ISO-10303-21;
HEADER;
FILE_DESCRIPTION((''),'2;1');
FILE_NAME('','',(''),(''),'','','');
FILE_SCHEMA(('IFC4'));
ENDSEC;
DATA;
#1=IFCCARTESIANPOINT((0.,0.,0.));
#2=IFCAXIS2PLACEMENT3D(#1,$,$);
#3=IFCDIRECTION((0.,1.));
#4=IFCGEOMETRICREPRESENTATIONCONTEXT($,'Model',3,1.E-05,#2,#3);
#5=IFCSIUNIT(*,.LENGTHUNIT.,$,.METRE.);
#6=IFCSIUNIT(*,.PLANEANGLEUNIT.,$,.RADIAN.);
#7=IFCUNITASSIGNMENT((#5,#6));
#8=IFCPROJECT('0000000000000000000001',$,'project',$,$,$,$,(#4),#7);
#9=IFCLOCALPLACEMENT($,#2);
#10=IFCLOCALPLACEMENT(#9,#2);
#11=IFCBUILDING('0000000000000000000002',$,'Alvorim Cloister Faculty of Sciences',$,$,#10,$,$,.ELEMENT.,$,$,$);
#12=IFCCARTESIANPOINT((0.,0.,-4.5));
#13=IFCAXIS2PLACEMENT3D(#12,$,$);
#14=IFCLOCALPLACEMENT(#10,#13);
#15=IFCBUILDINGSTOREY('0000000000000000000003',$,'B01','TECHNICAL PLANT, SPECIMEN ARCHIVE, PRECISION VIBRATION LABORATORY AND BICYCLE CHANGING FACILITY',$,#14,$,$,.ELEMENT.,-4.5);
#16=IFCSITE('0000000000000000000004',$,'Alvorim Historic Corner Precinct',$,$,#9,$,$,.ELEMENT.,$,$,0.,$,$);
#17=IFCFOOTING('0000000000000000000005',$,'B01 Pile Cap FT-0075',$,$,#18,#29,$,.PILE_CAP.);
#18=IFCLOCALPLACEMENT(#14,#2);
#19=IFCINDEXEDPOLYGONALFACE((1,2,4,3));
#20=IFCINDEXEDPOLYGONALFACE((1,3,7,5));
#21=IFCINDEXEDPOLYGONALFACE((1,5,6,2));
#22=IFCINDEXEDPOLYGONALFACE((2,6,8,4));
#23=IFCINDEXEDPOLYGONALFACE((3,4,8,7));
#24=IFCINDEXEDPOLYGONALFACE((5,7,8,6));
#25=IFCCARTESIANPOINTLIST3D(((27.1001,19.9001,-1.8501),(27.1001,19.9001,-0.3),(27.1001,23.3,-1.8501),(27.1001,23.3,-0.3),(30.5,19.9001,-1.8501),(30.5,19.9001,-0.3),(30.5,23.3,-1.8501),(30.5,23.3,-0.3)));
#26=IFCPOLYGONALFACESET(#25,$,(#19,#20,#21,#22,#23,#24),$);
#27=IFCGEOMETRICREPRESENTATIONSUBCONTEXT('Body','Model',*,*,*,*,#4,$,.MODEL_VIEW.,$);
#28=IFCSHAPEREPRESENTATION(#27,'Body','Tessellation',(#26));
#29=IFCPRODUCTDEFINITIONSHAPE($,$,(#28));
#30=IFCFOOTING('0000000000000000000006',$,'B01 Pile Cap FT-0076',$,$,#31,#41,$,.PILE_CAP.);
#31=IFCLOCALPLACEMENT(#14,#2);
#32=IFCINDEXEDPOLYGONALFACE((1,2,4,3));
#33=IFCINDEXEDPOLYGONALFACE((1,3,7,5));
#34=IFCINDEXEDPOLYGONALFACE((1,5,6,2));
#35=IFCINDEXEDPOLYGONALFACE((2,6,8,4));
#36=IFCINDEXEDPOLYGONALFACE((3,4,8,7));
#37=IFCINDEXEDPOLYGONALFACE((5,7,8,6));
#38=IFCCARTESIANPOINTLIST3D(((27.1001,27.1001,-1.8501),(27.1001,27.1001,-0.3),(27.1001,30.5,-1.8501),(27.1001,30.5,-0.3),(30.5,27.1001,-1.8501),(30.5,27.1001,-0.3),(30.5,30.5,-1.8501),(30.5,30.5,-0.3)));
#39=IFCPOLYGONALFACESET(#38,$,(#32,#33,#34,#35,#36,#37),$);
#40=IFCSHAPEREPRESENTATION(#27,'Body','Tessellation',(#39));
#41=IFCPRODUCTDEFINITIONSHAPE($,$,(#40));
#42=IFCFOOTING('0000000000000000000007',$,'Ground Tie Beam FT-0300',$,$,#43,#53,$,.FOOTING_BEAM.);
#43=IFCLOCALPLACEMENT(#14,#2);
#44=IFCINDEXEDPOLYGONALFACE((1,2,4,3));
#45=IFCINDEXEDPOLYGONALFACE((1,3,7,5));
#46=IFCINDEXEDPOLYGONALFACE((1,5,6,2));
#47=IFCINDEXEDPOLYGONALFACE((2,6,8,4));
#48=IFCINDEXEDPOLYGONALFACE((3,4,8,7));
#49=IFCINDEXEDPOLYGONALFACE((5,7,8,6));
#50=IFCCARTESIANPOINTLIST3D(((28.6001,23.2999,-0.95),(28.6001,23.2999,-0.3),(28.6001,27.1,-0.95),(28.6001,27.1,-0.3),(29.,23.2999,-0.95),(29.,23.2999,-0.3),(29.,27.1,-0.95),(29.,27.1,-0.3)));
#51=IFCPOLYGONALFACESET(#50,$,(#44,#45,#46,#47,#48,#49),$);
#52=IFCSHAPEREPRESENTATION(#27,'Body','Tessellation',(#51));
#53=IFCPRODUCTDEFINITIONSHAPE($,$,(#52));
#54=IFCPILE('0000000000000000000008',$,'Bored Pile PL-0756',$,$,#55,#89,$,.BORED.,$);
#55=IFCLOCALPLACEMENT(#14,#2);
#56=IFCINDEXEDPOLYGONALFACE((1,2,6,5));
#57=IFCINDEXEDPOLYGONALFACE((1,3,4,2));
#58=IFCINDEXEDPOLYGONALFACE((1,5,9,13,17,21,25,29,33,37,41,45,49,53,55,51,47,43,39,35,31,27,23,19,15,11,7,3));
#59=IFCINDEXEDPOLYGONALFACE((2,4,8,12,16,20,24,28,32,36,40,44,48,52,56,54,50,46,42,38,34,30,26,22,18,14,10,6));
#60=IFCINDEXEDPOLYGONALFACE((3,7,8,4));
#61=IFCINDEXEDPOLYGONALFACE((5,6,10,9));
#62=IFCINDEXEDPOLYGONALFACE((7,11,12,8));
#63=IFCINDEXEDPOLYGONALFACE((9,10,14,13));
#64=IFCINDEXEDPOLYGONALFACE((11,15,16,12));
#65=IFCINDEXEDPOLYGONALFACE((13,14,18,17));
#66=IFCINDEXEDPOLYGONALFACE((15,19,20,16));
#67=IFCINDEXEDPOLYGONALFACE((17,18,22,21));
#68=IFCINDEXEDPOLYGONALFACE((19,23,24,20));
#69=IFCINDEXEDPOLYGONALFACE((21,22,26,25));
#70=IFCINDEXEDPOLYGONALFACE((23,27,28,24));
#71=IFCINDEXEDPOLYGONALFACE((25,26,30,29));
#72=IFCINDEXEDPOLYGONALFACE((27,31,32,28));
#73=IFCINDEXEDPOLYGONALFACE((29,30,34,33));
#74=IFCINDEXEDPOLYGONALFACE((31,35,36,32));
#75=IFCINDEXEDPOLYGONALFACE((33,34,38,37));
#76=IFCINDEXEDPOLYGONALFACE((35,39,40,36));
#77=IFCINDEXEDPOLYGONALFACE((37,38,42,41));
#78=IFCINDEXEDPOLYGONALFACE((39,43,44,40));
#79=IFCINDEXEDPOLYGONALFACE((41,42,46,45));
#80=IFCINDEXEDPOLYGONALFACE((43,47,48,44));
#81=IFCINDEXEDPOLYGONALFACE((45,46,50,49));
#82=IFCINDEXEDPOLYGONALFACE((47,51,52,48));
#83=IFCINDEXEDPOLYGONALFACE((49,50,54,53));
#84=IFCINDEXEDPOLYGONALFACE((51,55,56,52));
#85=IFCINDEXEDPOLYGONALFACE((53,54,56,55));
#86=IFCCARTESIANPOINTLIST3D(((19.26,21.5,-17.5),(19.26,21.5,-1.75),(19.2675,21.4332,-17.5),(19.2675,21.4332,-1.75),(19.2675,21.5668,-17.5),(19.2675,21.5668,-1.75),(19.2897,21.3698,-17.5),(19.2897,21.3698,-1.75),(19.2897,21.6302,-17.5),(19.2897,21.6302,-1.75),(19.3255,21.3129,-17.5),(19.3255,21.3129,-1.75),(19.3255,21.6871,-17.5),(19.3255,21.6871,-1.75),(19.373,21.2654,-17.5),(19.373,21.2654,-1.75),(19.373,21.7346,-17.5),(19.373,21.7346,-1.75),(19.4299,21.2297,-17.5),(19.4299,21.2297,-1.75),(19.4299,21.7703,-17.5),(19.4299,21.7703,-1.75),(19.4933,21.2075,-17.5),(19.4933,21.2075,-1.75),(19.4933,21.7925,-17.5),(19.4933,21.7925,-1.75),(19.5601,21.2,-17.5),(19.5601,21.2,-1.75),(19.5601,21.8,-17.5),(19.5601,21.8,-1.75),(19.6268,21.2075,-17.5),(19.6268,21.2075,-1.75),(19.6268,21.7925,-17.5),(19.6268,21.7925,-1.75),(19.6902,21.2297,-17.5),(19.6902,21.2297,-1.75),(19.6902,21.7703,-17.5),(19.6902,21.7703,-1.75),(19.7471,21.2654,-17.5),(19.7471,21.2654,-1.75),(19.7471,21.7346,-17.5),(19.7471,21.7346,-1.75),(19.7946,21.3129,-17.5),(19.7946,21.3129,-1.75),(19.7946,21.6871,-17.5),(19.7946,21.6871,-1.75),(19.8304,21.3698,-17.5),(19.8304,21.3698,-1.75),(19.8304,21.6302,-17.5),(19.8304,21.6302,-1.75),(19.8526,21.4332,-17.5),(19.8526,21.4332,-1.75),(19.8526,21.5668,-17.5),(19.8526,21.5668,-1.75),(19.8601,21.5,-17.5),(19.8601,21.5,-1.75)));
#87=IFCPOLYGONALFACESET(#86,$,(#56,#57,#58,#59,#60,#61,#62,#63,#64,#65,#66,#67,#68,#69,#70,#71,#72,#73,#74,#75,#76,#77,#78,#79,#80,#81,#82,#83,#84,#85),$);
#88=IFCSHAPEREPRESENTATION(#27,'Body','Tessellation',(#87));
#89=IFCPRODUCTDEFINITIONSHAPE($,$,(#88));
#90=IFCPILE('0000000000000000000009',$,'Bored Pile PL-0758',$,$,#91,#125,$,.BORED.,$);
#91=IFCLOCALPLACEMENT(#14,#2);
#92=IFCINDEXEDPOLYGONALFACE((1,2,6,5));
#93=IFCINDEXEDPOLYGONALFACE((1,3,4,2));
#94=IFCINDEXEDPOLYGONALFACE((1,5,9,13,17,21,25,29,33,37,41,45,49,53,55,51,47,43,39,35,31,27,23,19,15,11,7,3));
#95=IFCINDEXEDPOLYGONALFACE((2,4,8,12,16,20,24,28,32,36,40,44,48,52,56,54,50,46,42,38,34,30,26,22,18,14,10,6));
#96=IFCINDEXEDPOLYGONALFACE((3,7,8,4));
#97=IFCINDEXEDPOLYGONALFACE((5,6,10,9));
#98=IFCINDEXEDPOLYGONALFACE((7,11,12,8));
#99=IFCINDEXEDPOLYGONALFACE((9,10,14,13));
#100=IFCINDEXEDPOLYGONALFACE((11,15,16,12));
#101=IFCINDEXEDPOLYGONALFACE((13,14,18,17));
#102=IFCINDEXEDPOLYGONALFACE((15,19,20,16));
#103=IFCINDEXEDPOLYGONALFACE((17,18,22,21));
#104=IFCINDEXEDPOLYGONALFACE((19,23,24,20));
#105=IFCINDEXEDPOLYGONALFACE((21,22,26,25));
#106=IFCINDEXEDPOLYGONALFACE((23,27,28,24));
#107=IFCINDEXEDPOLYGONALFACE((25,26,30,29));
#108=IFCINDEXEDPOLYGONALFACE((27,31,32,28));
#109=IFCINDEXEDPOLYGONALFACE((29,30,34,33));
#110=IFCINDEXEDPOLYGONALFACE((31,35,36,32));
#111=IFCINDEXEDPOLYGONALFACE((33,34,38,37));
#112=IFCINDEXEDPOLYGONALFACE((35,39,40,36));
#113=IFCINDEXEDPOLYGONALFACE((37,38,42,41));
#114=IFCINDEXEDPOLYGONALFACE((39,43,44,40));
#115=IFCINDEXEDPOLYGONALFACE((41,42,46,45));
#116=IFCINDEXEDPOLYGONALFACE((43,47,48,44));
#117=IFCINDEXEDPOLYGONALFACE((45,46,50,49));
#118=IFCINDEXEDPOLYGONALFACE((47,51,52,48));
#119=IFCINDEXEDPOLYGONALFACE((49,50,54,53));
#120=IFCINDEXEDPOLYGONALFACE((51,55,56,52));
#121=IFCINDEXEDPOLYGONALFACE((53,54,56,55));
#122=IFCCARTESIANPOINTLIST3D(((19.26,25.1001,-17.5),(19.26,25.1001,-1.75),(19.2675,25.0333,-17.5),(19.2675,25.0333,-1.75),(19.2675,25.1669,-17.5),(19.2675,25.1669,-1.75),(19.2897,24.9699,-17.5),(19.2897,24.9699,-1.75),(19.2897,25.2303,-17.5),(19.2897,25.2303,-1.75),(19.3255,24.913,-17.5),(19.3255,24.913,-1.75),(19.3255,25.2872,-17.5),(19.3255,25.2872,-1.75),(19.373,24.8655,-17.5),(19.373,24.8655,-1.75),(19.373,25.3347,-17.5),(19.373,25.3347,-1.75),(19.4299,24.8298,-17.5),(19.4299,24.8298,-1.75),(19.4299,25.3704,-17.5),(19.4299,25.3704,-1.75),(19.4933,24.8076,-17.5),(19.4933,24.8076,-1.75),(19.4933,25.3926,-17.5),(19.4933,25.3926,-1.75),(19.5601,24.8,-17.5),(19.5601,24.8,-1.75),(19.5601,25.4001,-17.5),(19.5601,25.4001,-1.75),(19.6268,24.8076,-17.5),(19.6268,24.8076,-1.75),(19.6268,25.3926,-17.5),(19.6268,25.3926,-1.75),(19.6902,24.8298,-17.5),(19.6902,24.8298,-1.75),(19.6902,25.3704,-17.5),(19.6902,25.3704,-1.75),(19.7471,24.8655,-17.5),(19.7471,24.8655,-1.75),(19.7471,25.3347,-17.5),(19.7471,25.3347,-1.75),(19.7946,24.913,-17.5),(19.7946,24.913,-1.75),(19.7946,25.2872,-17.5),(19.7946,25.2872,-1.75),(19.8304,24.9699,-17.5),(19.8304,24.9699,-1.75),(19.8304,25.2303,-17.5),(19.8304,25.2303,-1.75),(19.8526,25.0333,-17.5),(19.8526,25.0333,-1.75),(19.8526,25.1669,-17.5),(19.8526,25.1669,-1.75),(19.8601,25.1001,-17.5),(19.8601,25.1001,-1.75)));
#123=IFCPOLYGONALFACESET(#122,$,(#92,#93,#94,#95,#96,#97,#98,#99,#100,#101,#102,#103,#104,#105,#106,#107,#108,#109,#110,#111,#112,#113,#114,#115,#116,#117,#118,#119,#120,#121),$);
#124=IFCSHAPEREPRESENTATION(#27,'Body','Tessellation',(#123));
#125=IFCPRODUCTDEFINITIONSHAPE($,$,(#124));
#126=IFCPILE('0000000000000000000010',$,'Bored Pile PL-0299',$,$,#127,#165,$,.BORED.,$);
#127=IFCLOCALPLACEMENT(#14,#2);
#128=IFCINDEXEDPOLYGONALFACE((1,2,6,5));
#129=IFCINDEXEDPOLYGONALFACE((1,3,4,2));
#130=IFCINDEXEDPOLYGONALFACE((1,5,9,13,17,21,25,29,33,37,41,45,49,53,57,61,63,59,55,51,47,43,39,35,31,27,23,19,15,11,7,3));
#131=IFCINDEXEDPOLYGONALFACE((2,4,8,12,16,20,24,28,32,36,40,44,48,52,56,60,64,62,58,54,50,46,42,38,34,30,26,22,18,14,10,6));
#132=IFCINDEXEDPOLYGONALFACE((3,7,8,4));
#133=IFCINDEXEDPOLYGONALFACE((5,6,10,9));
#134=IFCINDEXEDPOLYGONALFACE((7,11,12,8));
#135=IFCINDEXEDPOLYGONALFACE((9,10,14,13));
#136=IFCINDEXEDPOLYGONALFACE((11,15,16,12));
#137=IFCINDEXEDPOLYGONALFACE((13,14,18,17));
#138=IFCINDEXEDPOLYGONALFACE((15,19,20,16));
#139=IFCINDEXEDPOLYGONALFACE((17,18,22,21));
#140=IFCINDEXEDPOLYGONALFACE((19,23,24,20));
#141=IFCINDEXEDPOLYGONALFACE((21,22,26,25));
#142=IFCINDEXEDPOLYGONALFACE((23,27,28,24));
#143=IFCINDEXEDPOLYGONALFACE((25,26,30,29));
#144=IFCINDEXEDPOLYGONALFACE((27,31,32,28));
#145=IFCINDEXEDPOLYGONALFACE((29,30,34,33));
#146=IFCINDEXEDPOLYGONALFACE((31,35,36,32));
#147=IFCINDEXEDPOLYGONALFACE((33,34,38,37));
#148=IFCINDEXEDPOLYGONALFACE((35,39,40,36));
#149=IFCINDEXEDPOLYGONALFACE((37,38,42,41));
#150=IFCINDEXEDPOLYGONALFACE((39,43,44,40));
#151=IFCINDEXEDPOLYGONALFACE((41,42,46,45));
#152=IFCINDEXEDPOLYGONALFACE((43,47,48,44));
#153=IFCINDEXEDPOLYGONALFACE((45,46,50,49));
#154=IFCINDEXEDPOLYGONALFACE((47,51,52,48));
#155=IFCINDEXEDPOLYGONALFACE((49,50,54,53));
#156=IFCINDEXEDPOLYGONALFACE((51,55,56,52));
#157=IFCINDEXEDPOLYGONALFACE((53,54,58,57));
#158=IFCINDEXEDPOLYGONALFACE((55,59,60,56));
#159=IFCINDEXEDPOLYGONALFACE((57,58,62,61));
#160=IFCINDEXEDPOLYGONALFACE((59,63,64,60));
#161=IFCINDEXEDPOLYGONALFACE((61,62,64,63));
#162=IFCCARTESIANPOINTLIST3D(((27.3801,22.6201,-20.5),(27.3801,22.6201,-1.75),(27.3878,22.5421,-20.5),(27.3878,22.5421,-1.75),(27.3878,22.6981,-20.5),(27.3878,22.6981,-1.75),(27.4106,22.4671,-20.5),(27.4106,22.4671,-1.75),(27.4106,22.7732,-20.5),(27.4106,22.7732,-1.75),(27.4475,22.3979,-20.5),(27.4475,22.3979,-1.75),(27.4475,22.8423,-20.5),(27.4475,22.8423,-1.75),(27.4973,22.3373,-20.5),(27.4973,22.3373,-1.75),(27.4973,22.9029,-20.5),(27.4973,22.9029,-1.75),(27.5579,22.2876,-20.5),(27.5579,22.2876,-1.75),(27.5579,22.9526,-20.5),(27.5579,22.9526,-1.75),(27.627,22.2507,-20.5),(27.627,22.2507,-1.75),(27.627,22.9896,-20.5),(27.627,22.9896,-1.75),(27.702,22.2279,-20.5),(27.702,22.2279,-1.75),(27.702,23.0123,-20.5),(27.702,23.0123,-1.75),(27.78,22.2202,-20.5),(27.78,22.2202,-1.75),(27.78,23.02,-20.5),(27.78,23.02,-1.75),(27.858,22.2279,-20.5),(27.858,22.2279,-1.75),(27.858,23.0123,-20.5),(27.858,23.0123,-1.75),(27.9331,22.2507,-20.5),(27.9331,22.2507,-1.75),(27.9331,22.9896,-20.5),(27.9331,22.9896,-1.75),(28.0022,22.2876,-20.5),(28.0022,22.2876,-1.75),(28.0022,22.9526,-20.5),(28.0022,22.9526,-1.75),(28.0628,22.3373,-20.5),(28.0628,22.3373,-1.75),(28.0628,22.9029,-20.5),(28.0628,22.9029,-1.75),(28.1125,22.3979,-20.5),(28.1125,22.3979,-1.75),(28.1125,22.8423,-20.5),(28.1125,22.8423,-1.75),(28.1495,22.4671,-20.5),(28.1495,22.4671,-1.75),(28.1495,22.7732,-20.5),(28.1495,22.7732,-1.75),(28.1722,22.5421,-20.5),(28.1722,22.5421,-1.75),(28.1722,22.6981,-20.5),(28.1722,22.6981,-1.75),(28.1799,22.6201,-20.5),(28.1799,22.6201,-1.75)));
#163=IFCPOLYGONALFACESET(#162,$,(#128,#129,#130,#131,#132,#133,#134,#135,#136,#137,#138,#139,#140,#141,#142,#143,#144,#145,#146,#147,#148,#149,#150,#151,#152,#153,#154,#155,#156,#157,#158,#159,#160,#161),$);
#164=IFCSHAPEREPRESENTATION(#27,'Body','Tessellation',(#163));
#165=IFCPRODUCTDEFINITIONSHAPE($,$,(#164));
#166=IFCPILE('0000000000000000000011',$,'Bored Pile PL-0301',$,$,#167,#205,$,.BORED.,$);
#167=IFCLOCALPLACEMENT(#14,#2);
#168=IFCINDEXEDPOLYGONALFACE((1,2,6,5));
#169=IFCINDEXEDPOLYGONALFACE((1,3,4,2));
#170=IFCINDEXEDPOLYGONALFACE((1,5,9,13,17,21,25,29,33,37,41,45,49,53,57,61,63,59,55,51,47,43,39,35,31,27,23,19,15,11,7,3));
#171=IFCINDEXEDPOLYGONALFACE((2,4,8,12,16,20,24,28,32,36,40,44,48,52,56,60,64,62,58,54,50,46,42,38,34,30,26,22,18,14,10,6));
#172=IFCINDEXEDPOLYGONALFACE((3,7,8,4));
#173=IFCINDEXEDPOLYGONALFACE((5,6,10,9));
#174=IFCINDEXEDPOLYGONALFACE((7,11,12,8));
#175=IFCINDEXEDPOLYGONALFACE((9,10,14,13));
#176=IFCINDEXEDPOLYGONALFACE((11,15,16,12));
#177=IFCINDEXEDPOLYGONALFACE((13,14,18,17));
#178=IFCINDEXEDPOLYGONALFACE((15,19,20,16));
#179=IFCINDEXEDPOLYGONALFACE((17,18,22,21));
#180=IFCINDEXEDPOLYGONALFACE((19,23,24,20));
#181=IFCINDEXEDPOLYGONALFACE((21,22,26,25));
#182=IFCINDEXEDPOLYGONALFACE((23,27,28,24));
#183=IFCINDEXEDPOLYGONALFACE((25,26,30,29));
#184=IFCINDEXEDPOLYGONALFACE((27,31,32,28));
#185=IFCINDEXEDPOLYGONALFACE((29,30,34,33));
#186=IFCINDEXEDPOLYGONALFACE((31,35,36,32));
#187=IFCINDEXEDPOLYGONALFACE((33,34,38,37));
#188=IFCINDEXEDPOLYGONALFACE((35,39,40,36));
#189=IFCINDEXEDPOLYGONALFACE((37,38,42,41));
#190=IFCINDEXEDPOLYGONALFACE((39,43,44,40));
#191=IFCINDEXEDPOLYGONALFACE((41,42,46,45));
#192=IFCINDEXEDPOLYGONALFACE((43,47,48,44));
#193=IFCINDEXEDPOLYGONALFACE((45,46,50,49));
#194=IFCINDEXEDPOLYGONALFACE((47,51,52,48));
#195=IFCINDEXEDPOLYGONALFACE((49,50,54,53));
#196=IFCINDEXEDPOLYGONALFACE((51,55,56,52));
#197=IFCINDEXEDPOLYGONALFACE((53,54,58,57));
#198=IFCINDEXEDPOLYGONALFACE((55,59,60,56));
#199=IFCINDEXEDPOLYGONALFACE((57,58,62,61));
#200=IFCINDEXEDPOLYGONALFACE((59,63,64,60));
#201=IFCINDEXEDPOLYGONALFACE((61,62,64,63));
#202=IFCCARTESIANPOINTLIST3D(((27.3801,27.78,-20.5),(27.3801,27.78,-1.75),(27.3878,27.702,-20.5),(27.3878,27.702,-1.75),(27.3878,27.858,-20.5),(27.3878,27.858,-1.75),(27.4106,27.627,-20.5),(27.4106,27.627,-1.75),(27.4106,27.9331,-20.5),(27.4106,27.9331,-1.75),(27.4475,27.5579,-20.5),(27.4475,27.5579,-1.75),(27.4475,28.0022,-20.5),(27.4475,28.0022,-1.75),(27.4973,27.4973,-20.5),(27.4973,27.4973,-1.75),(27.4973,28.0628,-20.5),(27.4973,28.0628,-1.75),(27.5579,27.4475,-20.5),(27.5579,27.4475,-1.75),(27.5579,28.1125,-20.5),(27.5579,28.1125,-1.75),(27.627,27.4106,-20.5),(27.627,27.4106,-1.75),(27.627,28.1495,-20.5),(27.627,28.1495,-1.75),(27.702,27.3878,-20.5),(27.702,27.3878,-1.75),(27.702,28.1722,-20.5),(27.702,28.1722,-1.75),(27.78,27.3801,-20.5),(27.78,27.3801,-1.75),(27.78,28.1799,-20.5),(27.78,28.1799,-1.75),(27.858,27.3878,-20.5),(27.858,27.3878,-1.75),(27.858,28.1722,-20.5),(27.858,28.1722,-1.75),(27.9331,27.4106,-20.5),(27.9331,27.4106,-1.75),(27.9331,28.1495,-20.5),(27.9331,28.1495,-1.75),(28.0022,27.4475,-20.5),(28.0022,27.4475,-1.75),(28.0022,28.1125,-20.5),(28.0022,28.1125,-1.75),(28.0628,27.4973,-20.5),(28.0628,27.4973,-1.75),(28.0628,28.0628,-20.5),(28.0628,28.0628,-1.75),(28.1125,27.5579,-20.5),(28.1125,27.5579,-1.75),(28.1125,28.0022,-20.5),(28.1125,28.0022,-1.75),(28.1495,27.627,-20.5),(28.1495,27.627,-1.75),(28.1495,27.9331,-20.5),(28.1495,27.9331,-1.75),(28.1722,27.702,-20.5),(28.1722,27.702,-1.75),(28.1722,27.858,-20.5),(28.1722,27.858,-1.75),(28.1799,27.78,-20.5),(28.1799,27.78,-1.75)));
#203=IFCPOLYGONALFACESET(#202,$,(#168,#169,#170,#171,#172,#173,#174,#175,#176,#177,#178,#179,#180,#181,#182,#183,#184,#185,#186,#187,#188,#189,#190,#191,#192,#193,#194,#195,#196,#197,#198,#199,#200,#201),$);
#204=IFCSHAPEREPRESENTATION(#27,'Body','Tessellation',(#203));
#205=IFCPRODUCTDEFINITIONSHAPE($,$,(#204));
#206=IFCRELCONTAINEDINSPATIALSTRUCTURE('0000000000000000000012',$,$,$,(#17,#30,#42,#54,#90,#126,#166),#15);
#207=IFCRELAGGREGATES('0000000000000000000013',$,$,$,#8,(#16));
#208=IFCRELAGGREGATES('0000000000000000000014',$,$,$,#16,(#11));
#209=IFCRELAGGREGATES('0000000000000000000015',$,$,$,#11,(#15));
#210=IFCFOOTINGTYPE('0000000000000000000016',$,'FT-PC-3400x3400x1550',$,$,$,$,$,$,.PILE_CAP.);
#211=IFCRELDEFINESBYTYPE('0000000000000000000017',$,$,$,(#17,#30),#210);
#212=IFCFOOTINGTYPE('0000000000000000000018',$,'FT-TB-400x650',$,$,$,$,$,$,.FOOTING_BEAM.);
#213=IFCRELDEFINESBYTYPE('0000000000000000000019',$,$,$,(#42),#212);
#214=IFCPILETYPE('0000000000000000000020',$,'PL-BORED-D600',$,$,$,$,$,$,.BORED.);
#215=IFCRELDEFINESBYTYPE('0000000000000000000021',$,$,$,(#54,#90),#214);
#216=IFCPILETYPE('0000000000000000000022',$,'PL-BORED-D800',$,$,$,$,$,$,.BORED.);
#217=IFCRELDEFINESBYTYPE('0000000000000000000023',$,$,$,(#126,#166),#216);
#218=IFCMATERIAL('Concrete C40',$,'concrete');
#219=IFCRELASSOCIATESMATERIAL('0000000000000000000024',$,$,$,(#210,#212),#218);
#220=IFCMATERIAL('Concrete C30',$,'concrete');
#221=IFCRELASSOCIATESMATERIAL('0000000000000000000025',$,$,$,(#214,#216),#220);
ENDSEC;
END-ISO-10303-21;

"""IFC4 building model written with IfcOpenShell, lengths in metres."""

from ifc_helpers import new_model, si_unit, direction, frame, origin, origin_2d, place, context, subcontext, project, spatial, rectangle, circle, extrude, material, material_profile, profile_set, type_object, element, save


model = new_model("IFC4")

# Units and contexts
model_context = context("Model", 3, precision=1e-05, world=origin(), true_north=direction((0.0, 1.0)))
body_context = subcontext(model_context, "Body", "Model", "MODEL_VIEW")
ifc_project = project(units=[si_unit("LENGTHUNIT", "METRE"), si_unit("PLANEANGLEUNIT", "RADIAN")], contexts=[model_context])

# Site, building, storey
site_placement = place(None, origin())
site = spatial("IfcSite", under=ifc_project, at=site_placement, Name="Alvorim Historic Corner Precinct", CompositionType="ELEMENT", RefElevation=0.0)
building_placement = place(site_placement, origin())
building = spatial("IfcBuilding", under=site, at=building_placement, Name="Alvorim Cloister Faculty of Sciences", CompositionType="ELEMENT")
storey_placement = place(building_placement, frame((0.0, 0.0, -4.5)))
storey = spatial("IfcBuildingStorey", under=building, at=storey_placement, Name="B01", Description="TECHNICAL PLANT, SPECIMEN ARCHIVE, PRECISION VIBRATION LABORATORY AND BICYCLE CHANGING FACILITY", CompositionType="ELEMENT", Elevation=-4.5)

# Footings
ifc_material_1 = material(Name="Concrete C40", Category="concrete")
footing_type_1 = type_object("IfcFootingType", Name="FT-PC-3400x3400x1550", PredefinedType="PILE_CAP", material=ifc_material_1)
for number, where, z_axis, x_axis, name in (
    (1, (28.8, 21.6001, -1.8501), (0.0, 0.0, 1.0), (1.0, 0.0, 0.0), "B01 Pile Cap FT-0075"),
    (2, (28.8, 28.8, -1.8501), (0.0, 0.0, 1.0), (1.0, 0.0, 0.0), "B01 Pile Cap FT-0076"),
):
    element("IfcFooting", number, at=place(storey_placement, frame(where, z_axis=z_axis, x_axis=x_axis)), inside=storey, type_object=footing_type_1, Name=name, PredefinedType="PILE_CAP", context=body_context, shape_type="SweptSolid", body=[
        extrude(rectangle(XDim=3.3999, YDim=3.3999, at=origin_2d()), origin(), (0.0, 0.0, 1.0), 1.55),
    ])
footing_type_2 = type_object("IfcFootingType", Name="FT-TB-400x650", PredefinedType="FOOTING_BEAM", material=ifc_material_1)
footing_placement = place(storey_placement, frame((28.8, 25.2, -0.95), z_axis=(0.0, 0.0, 1.0), x_axis=(1.0, 0.0, 0.0)))
element("IfcFooting", 3, at=footing_placement, inside=storey, type_object=footing_type_2, Name="Ground Tie Beam FT-0300", PredefinedType="FOOTING_BEAM", context=body_context, shape_type="SweptSolid", body=[
    extrude(rectangle(XDim=0.3999, YDim=3.8, at=origin_2d()), origin(), (0.0, 0.0, 1.0), 0.6499),
])

# Piles
ifc_material_2 = material(Name="Concrete C30", Category="concrete")
ifc_material_profile_1 = material_profile(ifc_material_2, circle(Radius=0.3, at=origin_2d()), Name="PILE-D600")
ifc_profile_set_1 = profile_set([ifc_material_profile_1], Name="Concrete C30")
pile_type_1 = type_object("IfcPileType", Name="PL-BORED-D600", PredefinedType="BORED", material=ifc_profile_set_1)
for number, where, z_axis, x_axis, name in (
    (4, (19.5601, 21.5, -1.75), (0.0, 0.0, -1.0), (1.0, 0.0, 0.0), "Bored Pile PL-0756"),
    (5, (19.5601, 25.1001, -1.75), (0.0, 0.0, -1.0), (1.0, 0.0, 0.0), "Bored Pile PL-0758"),
):
    element("IfcPile", number, at=place(storey_placement, frame(where, z_axis=z_axis, x_axis=x_axis)), inside=storey, type_object=pile_type_1, Name=name, PredefinedType="BORED", context=body_context, shape_type="SweptSolid", body=[
        extrude(circle(Radius=0.3, at=origin_2d()), origin(), (0.0, 0.0, 1.0), 15.75),
    ])
ifc_material_profile_2 = material_profile(ifc_material_2, circle(Radius=0.3999, at=origin_2d()), Name="PILE-D800")
ifc_profile_set_2 = profile_set([ifc_material_profile_2], Name="Concrete C30")
pile_type_2 = type_object("IfcPileType", Name="PL-BORED-D800", PredefinedType="BORED", material=ifc_profile_set_2)
for number, where, z_axis, x_axis, name in (
    (6, (27.78, 22.6201, -1.75), (0.0, 0.0, -1.0), (1.0, 0.0, 0.0), "Bored Pile PL-0299"),
    (7, (27.78, 27.78, -1.75), (0.0, 0.0, -1.0), (1.0, 0.0, 0.0), "Bored Pile PL-0301"),
):
    element("IfcPile", number, at=place(storey_placement, frame(where, z_axis=z_axis, x_axis=x_axis)), inside=storey, type_object=pile_type_2, Name=name, PredefinedType="BORED", context=body_context, shape_type="SweptSolid", body=[
        extrude(circle(Radius=0.3999, at=origin_2d()), origin(), (0.0, 0.0, 1.0), 18.75),
    ])

save(model, "model.ifc")
